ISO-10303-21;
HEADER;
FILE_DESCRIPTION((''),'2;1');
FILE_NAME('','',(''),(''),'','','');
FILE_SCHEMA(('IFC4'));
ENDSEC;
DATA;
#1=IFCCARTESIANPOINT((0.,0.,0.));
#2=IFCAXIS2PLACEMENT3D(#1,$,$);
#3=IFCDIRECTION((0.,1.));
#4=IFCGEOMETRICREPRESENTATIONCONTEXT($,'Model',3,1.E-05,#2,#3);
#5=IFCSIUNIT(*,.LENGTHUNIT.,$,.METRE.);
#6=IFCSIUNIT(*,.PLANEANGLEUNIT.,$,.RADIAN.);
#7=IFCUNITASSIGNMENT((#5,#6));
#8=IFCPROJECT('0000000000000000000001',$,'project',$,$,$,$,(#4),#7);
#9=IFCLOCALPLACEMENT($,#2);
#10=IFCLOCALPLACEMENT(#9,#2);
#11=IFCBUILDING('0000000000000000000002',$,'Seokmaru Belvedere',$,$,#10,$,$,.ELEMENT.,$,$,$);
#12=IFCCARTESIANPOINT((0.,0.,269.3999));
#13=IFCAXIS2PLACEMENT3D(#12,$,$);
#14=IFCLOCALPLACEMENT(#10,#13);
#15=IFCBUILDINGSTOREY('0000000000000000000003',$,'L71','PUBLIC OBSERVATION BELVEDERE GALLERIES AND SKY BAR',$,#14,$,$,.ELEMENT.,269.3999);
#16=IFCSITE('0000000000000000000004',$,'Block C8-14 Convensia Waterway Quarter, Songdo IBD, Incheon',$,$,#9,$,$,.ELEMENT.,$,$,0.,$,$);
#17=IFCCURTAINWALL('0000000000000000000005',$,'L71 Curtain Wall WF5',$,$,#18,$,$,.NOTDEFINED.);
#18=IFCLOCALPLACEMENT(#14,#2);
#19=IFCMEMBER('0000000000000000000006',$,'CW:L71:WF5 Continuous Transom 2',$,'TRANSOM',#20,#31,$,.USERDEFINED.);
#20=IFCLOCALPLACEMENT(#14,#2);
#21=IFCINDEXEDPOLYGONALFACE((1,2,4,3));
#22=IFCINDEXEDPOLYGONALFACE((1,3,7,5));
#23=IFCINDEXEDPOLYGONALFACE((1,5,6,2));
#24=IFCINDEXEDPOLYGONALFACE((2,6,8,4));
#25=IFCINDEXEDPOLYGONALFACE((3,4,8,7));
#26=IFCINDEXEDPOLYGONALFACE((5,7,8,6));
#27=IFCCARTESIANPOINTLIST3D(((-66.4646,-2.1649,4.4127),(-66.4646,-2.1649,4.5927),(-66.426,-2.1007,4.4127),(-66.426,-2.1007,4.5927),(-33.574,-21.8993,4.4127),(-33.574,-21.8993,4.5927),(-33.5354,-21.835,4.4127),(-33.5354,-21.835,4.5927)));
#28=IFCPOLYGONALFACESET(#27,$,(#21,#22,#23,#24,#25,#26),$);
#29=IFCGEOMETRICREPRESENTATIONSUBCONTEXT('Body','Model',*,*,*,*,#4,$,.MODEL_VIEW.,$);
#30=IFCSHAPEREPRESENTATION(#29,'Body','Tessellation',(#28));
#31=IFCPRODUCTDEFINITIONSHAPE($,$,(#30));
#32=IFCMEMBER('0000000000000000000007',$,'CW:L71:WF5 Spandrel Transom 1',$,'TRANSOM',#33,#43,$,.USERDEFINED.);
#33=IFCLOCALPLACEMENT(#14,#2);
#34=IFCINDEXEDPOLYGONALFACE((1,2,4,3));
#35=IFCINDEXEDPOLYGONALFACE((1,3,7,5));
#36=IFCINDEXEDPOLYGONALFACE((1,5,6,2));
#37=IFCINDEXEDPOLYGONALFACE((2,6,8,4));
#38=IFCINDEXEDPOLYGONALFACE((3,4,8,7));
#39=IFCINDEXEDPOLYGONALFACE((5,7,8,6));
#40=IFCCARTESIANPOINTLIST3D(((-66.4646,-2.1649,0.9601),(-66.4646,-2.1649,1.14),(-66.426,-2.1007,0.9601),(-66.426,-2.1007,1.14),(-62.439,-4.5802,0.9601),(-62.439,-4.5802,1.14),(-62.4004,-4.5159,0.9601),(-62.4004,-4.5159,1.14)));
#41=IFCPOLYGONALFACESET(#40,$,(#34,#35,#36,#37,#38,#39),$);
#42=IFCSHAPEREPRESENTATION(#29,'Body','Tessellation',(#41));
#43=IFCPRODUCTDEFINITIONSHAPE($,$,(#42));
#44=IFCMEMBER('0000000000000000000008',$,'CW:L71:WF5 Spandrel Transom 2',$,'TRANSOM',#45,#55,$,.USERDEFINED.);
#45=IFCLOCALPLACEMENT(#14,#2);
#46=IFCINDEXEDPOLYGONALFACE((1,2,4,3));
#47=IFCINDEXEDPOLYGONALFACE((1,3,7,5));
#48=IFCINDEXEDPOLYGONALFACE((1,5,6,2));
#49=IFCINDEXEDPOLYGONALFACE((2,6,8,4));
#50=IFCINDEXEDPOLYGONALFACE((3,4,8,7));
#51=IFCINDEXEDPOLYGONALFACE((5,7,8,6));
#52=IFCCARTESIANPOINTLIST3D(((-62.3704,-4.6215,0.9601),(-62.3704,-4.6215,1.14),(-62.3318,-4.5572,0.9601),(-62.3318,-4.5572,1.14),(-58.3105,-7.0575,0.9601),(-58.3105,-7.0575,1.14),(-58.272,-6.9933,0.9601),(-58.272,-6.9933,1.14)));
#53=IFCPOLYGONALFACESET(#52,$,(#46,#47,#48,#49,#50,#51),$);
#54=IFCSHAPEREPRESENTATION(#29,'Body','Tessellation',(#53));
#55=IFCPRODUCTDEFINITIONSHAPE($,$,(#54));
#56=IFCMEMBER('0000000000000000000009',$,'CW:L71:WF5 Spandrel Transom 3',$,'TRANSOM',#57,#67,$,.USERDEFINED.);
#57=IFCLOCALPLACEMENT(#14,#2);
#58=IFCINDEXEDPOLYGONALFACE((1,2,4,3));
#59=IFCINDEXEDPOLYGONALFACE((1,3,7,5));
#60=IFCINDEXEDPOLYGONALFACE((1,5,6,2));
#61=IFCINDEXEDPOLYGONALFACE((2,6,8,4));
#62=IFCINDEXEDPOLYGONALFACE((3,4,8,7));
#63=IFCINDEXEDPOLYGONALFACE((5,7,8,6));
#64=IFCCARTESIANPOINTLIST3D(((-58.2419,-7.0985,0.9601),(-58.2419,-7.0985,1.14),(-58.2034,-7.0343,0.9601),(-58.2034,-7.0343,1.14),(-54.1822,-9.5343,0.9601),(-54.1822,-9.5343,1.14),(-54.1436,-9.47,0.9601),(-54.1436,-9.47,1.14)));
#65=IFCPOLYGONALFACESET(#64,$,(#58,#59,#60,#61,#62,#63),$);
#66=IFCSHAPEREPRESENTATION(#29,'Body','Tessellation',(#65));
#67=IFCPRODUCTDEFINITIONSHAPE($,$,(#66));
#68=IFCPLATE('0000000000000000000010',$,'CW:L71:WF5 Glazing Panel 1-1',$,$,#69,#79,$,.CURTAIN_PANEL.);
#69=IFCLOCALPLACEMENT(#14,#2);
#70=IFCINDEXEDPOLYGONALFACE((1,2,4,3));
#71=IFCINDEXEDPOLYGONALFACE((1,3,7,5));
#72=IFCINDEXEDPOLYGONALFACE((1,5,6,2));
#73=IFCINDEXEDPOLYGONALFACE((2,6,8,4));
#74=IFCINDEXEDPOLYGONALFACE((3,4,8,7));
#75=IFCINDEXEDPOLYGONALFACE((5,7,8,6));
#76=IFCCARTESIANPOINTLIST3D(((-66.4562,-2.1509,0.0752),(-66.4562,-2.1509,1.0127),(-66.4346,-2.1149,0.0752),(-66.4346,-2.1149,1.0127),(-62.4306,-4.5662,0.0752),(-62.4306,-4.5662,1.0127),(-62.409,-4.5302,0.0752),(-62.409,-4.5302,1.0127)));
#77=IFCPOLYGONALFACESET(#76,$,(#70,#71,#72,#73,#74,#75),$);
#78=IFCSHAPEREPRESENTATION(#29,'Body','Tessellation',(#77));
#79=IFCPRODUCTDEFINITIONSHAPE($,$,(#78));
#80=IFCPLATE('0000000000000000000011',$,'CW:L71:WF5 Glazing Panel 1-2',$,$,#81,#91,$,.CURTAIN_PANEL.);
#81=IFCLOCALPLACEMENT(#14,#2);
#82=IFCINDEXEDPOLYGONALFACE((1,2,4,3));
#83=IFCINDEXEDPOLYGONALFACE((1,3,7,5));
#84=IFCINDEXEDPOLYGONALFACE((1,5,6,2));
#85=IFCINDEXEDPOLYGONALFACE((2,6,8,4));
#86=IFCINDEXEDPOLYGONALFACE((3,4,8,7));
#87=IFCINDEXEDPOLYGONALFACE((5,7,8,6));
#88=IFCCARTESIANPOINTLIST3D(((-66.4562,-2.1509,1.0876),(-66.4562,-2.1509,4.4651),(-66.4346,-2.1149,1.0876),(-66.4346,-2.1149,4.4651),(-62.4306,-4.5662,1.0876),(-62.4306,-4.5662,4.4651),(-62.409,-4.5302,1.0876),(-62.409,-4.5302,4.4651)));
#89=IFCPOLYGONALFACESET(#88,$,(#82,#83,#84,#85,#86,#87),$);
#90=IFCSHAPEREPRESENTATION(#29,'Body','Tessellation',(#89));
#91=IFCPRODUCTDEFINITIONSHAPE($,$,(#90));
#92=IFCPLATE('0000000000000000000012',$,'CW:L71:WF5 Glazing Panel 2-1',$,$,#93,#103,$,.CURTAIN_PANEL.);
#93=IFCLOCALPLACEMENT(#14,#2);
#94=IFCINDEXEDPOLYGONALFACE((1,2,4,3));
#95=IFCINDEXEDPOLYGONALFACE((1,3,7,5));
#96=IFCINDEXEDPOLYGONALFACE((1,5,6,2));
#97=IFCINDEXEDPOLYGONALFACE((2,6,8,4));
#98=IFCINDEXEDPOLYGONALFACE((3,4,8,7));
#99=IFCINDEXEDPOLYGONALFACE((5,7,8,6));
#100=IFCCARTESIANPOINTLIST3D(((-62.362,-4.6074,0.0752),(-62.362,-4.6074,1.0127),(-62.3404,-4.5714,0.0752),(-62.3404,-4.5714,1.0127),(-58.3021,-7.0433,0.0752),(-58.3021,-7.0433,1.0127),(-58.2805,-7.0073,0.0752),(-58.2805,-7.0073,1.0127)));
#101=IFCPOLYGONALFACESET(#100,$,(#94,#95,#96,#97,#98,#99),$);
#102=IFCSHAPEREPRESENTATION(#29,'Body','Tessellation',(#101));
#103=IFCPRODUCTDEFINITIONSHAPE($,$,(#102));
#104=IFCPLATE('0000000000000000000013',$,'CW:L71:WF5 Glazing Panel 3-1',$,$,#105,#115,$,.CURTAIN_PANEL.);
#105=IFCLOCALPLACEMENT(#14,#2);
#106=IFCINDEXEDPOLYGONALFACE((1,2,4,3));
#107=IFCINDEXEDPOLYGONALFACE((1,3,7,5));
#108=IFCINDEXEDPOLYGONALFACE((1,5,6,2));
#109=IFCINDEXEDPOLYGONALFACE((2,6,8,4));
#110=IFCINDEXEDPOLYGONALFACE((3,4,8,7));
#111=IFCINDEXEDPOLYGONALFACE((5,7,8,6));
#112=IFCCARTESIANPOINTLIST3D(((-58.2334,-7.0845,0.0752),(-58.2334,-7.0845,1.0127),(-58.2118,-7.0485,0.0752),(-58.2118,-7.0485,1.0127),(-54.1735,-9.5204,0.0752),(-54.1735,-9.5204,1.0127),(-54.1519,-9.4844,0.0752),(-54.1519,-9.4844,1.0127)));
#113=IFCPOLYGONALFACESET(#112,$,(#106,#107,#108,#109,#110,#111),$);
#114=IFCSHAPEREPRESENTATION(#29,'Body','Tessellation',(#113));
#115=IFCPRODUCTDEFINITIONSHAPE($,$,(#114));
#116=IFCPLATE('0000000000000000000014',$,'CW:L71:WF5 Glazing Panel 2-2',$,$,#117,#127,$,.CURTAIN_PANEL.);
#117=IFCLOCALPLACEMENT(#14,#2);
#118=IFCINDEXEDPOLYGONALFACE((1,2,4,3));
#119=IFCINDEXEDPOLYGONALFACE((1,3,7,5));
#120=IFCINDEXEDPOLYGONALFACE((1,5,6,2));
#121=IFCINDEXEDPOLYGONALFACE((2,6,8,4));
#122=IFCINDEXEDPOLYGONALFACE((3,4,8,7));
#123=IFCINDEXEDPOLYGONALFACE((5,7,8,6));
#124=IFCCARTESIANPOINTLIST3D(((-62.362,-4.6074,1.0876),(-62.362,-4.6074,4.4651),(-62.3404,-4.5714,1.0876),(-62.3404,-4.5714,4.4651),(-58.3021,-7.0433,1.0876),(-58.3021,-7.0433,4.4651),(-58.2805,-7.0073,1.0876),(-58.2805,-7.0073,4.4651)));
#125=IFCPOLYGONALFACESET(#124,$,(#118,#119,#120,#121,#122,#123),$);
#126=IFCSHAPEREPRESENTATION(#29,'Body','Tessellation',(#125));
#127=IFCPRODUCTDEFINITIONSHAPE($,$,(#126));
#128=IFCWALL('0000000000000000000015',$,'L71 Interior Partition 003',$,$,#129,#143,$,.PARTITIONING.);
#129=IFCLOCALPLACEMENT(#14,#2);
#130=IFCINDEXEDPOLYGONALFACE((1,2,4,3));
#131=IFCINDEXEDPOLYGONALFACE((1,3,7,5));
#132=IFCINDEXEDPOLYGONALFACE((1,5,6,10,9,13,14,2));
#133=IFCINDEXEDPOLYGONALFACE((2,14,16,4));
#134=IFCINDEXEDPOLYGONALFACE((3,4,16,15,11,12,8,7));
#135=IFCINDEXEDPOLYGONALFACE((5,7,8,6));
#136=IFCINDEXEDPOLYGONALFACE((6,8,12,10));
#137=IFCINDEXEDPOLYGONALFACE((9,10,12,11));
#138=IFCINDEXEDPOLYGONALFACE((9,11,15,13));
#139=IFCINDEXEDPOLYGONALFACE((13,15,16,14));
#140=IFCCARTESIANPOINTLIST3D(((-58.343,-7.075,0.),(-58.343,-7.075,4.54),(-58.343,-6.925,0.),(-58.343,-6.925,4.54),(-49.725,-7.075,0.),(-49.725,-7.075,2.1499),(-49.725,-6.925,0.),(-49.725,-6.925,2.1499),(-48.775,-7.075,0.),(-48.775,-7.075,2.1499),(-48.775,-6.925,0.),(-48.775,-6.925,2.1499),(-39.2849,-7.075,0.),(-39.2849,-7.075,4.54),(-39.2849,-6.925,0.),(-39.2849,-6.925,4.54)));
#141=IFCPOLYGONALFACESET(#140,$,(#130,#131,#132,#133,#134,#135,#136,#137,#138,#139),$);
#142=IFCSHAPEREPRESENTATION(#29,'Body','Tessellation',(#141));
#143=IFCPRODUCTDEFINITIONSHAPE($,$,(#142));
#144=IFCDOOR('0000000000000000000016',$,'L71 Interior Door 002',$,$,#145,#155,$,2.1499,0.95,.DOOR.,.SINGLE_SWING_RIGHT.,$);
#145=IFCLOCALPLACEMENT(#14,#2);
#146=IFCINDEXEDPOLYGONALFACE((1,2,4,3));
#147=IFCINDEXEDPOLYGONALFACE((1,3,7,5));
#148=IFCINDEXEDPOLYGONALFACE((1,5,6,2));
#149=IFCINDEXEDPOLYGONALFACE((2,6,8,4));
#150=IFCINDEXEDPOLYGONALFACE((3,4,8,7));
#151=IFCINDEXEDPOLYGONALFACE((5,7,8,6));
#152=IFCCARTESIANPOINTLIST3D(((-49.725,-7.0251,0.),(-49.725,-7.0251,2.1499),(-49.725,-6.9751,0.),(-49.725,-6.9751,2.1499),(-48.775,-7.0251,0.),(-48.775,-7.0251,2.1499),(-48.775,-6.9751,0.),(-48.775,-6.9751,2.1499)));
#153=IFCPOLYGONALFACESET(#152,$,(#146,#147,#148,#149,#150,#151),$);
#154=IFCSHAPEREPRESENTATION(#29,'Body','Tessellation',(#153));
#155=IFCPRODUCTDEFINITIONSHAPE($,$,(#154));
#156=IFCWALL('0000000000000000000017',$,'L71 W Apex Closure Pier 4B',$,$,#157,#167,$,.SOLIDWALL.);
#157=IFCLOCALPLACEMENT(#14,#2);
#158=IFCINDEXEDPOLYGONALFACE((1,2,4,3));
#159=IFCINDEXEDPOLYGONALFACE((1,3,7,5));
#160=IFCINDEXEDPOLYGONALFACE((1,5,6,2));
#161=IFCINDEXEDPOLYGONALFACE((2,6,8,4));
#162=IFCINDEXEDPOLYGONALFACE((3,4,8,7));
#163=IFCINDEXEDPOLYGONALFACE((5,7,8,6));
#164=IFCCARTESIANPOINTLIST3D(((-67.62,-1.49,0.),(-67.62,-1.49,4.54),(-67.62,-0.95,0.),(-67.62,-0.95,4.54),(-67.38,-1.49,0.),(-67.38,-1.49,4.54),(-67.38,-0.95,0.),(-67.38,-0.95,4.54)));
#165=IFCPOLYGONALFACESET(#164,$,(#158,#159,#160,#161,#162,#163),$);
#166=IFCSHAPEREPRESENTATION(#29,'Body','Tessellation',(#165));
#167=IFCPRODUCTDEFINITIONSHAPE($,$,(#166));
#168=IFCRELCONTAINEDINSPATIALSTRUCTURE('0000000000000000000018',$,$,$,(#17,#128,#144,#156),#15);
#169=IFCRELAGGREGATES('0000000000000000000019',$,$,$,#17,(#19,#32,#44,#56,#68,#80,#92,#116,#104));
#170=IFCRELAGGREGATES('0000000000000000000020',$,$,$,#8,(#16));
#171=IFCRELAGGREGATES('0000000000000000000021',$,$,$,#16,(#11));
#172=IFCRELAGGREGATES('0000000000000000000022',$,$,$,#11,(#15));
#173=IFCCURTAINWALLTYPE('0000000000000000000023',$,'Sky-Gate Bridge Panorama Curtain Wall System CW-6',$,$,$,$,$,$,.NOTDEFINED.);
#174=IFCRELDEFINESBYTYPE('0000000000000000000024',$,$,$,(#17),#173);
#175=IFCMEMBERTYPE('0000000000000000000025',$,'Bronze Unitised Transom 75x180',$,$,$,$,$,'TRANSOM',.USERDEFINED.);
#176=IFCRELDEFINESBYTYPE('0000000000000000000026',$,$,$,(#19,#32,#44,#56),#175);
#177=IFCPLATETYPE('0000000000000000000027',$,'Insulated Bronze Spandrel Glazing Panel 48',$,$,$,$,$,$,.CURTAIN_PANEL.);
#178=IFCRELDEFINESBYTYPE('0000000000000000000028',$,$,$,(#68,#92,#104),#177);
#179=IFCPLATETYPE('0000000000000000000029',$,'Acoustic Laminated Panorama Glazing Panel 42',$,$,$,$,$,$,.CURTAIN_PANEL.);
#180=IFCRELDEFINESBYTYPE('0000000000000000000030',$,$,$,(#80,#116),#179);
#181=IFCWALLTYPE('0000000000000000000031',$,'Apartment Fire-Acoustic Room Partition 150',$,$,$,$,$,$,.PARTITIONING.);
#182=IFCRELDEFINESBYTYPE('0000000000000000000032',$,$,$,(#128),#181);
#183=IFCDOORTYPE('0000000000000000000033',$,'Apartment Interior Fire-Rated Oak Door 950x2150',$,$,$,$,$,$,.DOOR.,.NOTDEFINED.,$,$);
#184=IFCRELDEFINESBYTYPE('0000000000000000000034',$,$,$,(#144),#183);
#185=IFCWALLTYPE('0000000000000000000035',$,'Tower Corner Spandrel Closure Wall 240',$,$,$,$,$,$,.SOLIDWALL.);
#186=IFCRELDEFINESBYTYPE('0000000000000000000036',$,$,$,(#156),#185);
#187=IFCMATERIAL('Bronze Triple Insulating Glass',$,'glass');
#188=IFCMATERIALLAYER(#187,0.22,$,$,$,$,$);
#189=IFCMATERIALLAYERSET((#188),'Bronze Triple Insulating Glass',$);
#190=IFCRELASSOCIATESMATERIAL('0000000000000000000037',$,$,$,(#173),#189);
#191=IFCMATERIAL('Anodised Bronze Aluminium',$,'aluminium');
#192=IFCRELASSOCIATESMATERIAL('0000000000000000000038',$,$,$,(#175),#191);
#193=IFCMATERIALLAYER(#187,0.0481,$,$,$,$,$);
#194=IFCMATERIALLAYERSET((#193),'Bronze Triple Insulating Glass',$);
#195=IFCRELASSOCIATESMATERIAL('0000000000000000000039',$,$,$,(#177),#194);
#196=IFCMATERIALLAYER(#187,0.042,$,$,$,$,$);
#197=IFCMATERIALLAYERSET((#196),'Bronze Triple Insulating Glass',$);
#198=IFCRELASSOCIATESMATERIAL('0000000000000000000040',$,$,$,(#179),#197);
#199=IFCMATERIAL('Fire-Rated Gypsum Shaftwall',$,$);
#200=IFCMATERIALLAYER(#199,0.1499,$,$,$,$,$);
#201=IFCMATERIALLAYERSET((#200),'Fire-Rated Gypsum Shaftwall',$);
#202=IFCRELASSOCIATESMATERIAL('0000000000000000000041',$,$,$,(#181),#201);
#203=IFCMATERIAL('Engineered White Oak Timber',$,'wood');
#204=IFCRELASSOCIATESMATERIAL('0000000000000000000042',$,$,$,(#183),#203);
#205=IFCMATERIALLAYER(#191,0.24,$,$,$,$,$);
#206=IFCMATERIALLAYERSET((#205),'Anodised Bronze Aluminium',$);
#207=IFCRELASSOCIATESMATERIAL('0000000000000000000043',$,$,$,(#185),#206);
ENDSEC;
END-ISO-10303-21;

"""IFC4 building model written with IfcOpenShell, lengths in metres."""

from ifc_helpers import new_model, si_unit, direction, frame, frame_2d, origin, origin_2d, place, context, subcontext, project, spatial, rectangle, extrude, source, transform, mapped, material, layer, layer_set, material_profile, profile_set, type_object, type_shapes, element, fill, aggregate, save


model = new_model("IFC4")

# Units and contexts
model_context = context("Model", 3, precision=1e-05, world=origin(), true_north=direction((0.0, 1.0)))
body_context = subcontext(model_context, "Body", "Model", "MODEL_VIEW")
ifc_project = project(units=[si_unit("LENGTHUNIT", "METRE"), si_unit("PLANEANGLEUNIT", "RADIAN")], contexts=[model_context])

# Site, building, storey
site_placement = place(None, origin())
site = spatial("IfcSite", under=ifc_project, at=site_placement, Name="Block C8-14 Convensia Waterway Quarter, Songdo IBD, Incheon", CompositionType="ELEMENT", RefElevation=0.0)
building_placement = place(site_placement, origin())
building = spatial("IfcBuilding", under=site, at=building_placement, Name="Seokmaru Belvedere", CompositionType="ELEMENT")
storey_placement = place(building_placement, frame((0.0, 0.0, 269.3999)))
storey = spatial("IfcBuildingStorey", under=building, at=storey_placement, Name="L71", Description="PUBLIC OBSERVATION BELVEDERE GALLERIES AND SKY BAR", CompositionType="ELEMENT", Elevation=269.3999)

# Curtain wall, members, plates
ifc_material_1 = material(Name="Bronze Triple Insulating Glass", Category="glass")
ifc_layer_1 = layer(ifc_material_1, 0.22)
ifc_layer_set_1 = layer_set([ifc_layer_1], Name="Bronze Triple Insulating Glass")
curtain_wall_type = type_object("IfcCurtainWallType", Name="Sky-Gate Bridge Panorama Curtain Wall System CW-6", PredefinedType="NOTDEFINED", material=ifc_layer_set_1)
curtain_wall_placement = place(storey_placement, origin())
curtain_wall = element("IfcCurtainWall", 1, at=curtain_wall_placement, inside=storey, type_object=curtain_wall_type, Name="L71 Curtain Wall WF5", PredefinedType="NOTDEFINED")
ifc_material_2 = material(Name="Anodised Bronze Aluminium", Category="aluminium")
ifc_material_profile_1 = material_profile(ifc_material_2, rectangle(XDim=0.075, YDim=0.1799, at=origin_2d()), Name="CW-T-75x180")
ifc_profile_set_1 = profile_set([ifc_material_profile_1], Name="Anodised Bronze Aluminium")
member_type_1 = type_object("IfcMemberType", Name="Bronze Unitised Transom 75x180", ElementType="TRANSOM", PredefinedType="USERDEFINED", material=ifc_profile_set_1)
shared_shape_1 = source(origin(), body_context, "Body", "SweptSolid", [
    extrude(rectangle(XDim=0.075, YDim=0.1799, at=origin_2d()), origin(), (0.0, 0.0, 1.0), 38.3567),
])
member_1_placement = place(storey_placement, frame((-66.4453, -2.1328, 4.5027), z_axis=(0.857493, -0.514496, 0.0), x_axis=(0.514496, 0.857493, 0.0)))
member_1 = element("IfcMember", 2, at=member_1_placement, type_object=member_type_1, Name="CW:L71:WF5 Continuous Transom 2", ObjectType="TRANSOM", PredefinedType="USERDEFINED", context=body_context, shape_type="MappedRepresentation", body=[
    mapped(shared_shape_1, transform((0.0, 0.0, 0.0), scale=1.0)),
])
shared_shape_2 = source(origin(), body_context, "Body", "SweptSolid", [
    extrude(rectangle(XDim=0.075, YDim=0.1799, at=origin_2d()), origin(), (0.0, 0.0, 1.0), 4.6946),
])
member_2_placement = place(storey_placement, frame((-66.4453, -2.1328, 1.05), z_axis=(0.857502, -0.51448, 0.0), x_axis=(0.51448, 0.857502, 0.0)))
member_2 = element("IfcMember", 3, at=member_2_placement, type_object=member_type_1, Name="CW:L71:WF5 Spandrel Transom 1", ObjectType="TRANSOM", PredefinedType="USERDEFINED", context=body_context, shape_type="MappedRepresentation", body=[
    mapped(shared_shape_2, transform((0.0, 0.0, 0.0), scale=1.0)),
])
shared_shape_3 = source(origin(), body_context, "Body", "SweptSolid", [
    extrude(rectangle(XDim=0.075, YDim=0.1799, at=origin_2d()), origin(), (0.0, 0.0, 1.0), 4.7346),
])
member_3_placement = place(storey_placement, frame((-62.3511, -4.5894, 1.05), z_axis=(0.857479, -0.514519, 0.0), x_axis=(0.514519, 0.857479, 0.0)))
member_3 = element("IfcMember", 4, at=member_3_placement, type_object=member_type_1, Name="CW:L71:WF5 Spandrel Transom 2", ObjectType="TRANSOM", PredefinedType="USERDEFINED", context=body_context, shape_type="MappedRepresentation", body=[
    mapped(shared_shape_3, transform((0.0, 0.0, 0.0), scale=1.0)),
])
shared_shape_4 = source(origin(), body_context, "Body", "SweptSolid", [
    extrude(rectangle(XDim=0.075, YDim=0.1799, at=origin_2d()), origin(), (0.0, 0.0, 1.0), 4.7344),
])
type_shapes(member_type_1, [shared_shape_1, shared_shape_2, shared_shape_3, shared_shape_4])
member_4_placement = place(storey_placement, frame((-58.2227, -7.0664, 1.05), z_axis=(0.857502, -0.514481, 0.0), x_axis=(0.514481, 0.857502, 0.0)))
member_4 = element("IfcMember", 5, at=member_4_placement, type_object=member_type_1, Name="CW:L71:WF5 Spandrel Transom 3", ObjectType="TRANSOM", PredefinedType="USERDEFINED", context=body_context, shape_type="MappedRepresentation", body=[
    mapped(shared_shape_4, transform((0.0, 0.0, 0.0), scale=1.0)),
])
ifc_layer_2 = layer(ifc_material_1, 0.0481)
ifc_layer_set_2 = layer_set([ifc_layer_2], Name="Bronze Triple Insulating Glass")
plate_type_1 = type_object("IfcPlateType", Name="Insulated Bronze Spandrel Glazing Panel 48", PredefinedType="CURTAIN_PANEL", material=ifc_layer_set_2)
shared_shape_5 = source(origin(), body_context, "Body", "SweptSolid", [
    extrude(rectangle(XDim=4.6946, YDim=0.042, at=origin_2d()), origin(), (0.0, 0.0, 1.0), 0.9375),
])
plate_1_placement = place(storey_placement, frame((-64.4326, -3.3406, 0.0752), z_axis=(0.0, 0.0, 1.0), x_axis=(0.857493, -0.514495, 0.0)))
plate_1 = element("IfcPlate", 6, at=plate_1_placement, type_object=plate_type_1, Name="CW:L71:WF5 Glazing Panel 1-1", PredefinedType="CURTAIN_PANEL", context=body_context, shape_type="MappedRepresentation", body=[
    mapped(shared_shape_5, transform((0.0, 0.0, 0.0), scale=1.0)),
])
ifc_layer_3 = layer(ifc_material_1, 0.042)
ifc_layer_set_3 = layer_set([ifc_layer_3], Name="Bronze Triple Insulating Glass")
plate_type_2 = type_object("IfcPlateType", Name="Acoustic Laminated Panorama Glazing Panel 42", PredefinedType="CURTAIN_PANEL", material=ifc_layer_set_3)
shared_shape_6 = source(origin(), body_context, "Body", "SweptSolid", [
    extrude(rectangle(XDim=4.6946, YDim=0.042, at=origin_2d()), origin(), (0.0, 0.0, 1.0), 3.3774),
])
plate_2_placement = place(storey_placement, frame((-64.4326, -3.3406, 1.0876), z_axis=(0.0, 0.0, 1.0), x_axis=(0.857493, -0.514495, 0.0)))
plate_2 = element("IfcPlate", 7, at=plate_2_placement, type_object=plate_type_2, Name="CW:L71:WF5 Glazing Panel 1-2", PredefinedType="CURTAIN_PANEL", context=body_context, shape_type="MappedRepresentation", body=[
    mapped(shared_shape_6, transform((0.0, 0.0, 0.0), scale=1.0)),
])
shared_shape_7 = source(origin(), body_context, "Body", "SweptSolid", [
    extrude(rectangle(XDim=4.7346, YDim=0.042, at=origin_2d()), origin(), (0.0, 0.0, 1.0), 0.9375),
])
type_shapes(plate_type_1, [shared_shape_5, shared_shape_7])
plate_3_placement = place(storey_placement, frame((-60.3213, -5.8074, 0.0752), z_axis=(0.0, 0.0, 1.0), x_axis=(0.857493, -0.514495, 0.0)))
plate_3 = element("IfcPlate", 8, at=plate_3_placement, type_object=plate_type_1, Name="CW:L71:WF5 Glazing Panel 2-1", PredefinedType="CURTAIN_PANEL", context=body_context, shape_type="MappedRepresentation", body=[
    mapped(shared_shape_7, transform((0.0, 0.0, 0.0), scale=1.0)),
])
plate_4_placement = place(storey_placement, frame((-56.1926, -8.2844, 0.0752), z_axis=(0.0, 0.0, 1.0), x_axis=(0.857493, -0.514495, 0.0)))
plate_4 = element("IfcPlate", 9, at=plate_4_placement, type_object=plate_type_1, Name="CW:L71:WF5 Glazing Panel 3-1", PredefinedType="CURTAIN_PANEL", context=body_context, shape_type="MappedRepresentation", body=[
    mapped(shared_shape_7, transform((0.0, 0.0, 0.0), scale=1.0)),
])
shared_shape_8 = source(origin(), body_context, "Body", "SweptSolid", [
    extrude(rectangle(XDim=4.7346, YDim=0.042, at=origin_2d()), origin(), (0.0, 0.0, 1.0), 3.3774),
])
type_shapes(plate_type_2, [shared_shape_6, shared_shape_8])
plate_5_placement = place(storey_placement, frame((-60.3213, -5.8074, 1.0876), z_axis=(0.0, 0.0, 1.0), x_axis=(0.857493, -0.514495, 0.0)))
plate_5 = element("IfcPlate", 10, at=plate_5_placement, type_object=plate_type_2, Name="CW:L71:WF5 Glazing Panel 2-2", PredefinedType="CURTAIN_PANEL", context=body_context, shape_type="MappedRepresentation", body=[
    mapped(shared_shape_8, transform((0.0, 0.0, 0.0), scale=1.0)),
])
aggregate(curtain_wall, [member_1, member_2, member_3, member_4, plate_1, plate_2, plate_3, plate_5, plate_4])

# Wall, opening, door
ifc_material_3 = material(Name="Fire-Rated Gypsum Shaftwall")
ifc_layer_4 = layer(ifc_material_3, 0.1499)
ifc_layer_set_4 = layer_set([ifc_layer_4], Name="Fire-Rated Gypsum Shaftwall")
wall_type_1 = type_object("IfcWallType", Name="Apartment Fire-Acoustic Room Partition 150", PredefinedType="PARTITIONING", material=ifc_layer_set_4)
wall_1_placement = place(storey_placement, frame((-58.343, -7.0, 0.0), z_axis=(0.0, 0.0, 1.0), x_axis=(1.0, 0.0, 0.0)))
wall_1 = element("IfcWall", 11, at=wall_1_placement, inside=storey, type_object=wall_type_1, Name="L71 Interior Partition 003", PredefinedType="PARTITIONING", context=body_context, shape_type="SweptSolid", body=[
    extrude(rectangle(XDim=19.0581, YDim=0.1499, at=frame_2d((9.5291, 0.0))), origin(), (0.0, 0.0, 1.0), 4.54),
])
opening_placement = place(wall_1_placement, frame((8.6179, 0.0, 0.0)))
opening = element("IfcOpeningElement", 12, at=opening_placement, cuts=wall_1, PredefinedType="OPENING", context=body_context, shape_type="SweptSolid", body=[
    extrude(rectangle(XDim=0.95, YDim=2.1499, at=frame_2d((0.4751, 1.075))), frame((0.0, 0.085, 0.0), z_axis=(0.0, -1.0, 0.0), x_axis=(1.0, 0.0, 0.0)), (0.0, 0.0, 1.0), 0.1699),
])
ifc_material_4 = material(Name="Engineered White Oak Timber", Category="wood")
door_type = type_object("IfcDoorType", Name="Apartment Interior Fire-Rated Oak Door 950x2150", OperationType="NOTDEFINED", PredefinedType="DOOR", material=ifc_material_4)
shared_shape_9 = source(origin(), body_context, "Body", "SweptSolid", [
    extrude(rectangle(XDim=0.95, YDim=2.1499, at=frame_2d((0.4751, 1.075))), frame((0.0, 0.0249, 0.0), z_axis=(0.0, -1.0, 0.0), x_axis=(1.0, 0.0, 0.0)), (0.0, 0.0, 1.0), 0.05),
])
type_shapes(door_type, [shared_shape_9])
door_placement = place(opening_placement, origin())
door = element("IfcDoor", 13, at=door_placement, inside=storey, type_object=door_type, Name="L71 Interior Door 002", OperationType="SINGLE_SWING_RIGHT", OverallHeight=2.1499, OverallWidth=0.95, PredefinedType="DOOR", context=body_context, shape_type="MappedRepresentation", body=[
    mapped(shared_shape_9, transform((0.0, 0.0, 0.0), scale=1.0)),
])
fill(opening, door)

# Wall
ifc_layer_5 = layer(ifc_material_2, 0.24)
ifc_layer_set_5 = layer_set([ifc_layer_5], Name="Anodised Bronze Aluminium")
wall_type_2 = type_object("IfcWallType", Name="Tower Corner Spandrel Closure Wall 240", PredefinedType="SOLIDWALL", material=ifc_layer_set_5)
wall_2_placement = place(storey_placement, frame((-67.5, -0.95, 0.0), z_axis=(0.0, 0.0, 1.0), x_axis=(0.0, -1.0, 0.0)))
element("IfcWall", 14, at=wall_2_placement, inside=storey, type_object=wall_type_2, Name="L71 W Apex Closure Pier 4B", PredefinedType="SOLIDWALL", context=body_context, shape_type="SweptSolid", body=[
    extrude(rectangle(XDim=0.54, YDim=0.24, at=frame_2d((0.27, 0.0))), origin(), (0.0, 0.0, 1.0), 4.54),
])

save(model, "model.ifc")
